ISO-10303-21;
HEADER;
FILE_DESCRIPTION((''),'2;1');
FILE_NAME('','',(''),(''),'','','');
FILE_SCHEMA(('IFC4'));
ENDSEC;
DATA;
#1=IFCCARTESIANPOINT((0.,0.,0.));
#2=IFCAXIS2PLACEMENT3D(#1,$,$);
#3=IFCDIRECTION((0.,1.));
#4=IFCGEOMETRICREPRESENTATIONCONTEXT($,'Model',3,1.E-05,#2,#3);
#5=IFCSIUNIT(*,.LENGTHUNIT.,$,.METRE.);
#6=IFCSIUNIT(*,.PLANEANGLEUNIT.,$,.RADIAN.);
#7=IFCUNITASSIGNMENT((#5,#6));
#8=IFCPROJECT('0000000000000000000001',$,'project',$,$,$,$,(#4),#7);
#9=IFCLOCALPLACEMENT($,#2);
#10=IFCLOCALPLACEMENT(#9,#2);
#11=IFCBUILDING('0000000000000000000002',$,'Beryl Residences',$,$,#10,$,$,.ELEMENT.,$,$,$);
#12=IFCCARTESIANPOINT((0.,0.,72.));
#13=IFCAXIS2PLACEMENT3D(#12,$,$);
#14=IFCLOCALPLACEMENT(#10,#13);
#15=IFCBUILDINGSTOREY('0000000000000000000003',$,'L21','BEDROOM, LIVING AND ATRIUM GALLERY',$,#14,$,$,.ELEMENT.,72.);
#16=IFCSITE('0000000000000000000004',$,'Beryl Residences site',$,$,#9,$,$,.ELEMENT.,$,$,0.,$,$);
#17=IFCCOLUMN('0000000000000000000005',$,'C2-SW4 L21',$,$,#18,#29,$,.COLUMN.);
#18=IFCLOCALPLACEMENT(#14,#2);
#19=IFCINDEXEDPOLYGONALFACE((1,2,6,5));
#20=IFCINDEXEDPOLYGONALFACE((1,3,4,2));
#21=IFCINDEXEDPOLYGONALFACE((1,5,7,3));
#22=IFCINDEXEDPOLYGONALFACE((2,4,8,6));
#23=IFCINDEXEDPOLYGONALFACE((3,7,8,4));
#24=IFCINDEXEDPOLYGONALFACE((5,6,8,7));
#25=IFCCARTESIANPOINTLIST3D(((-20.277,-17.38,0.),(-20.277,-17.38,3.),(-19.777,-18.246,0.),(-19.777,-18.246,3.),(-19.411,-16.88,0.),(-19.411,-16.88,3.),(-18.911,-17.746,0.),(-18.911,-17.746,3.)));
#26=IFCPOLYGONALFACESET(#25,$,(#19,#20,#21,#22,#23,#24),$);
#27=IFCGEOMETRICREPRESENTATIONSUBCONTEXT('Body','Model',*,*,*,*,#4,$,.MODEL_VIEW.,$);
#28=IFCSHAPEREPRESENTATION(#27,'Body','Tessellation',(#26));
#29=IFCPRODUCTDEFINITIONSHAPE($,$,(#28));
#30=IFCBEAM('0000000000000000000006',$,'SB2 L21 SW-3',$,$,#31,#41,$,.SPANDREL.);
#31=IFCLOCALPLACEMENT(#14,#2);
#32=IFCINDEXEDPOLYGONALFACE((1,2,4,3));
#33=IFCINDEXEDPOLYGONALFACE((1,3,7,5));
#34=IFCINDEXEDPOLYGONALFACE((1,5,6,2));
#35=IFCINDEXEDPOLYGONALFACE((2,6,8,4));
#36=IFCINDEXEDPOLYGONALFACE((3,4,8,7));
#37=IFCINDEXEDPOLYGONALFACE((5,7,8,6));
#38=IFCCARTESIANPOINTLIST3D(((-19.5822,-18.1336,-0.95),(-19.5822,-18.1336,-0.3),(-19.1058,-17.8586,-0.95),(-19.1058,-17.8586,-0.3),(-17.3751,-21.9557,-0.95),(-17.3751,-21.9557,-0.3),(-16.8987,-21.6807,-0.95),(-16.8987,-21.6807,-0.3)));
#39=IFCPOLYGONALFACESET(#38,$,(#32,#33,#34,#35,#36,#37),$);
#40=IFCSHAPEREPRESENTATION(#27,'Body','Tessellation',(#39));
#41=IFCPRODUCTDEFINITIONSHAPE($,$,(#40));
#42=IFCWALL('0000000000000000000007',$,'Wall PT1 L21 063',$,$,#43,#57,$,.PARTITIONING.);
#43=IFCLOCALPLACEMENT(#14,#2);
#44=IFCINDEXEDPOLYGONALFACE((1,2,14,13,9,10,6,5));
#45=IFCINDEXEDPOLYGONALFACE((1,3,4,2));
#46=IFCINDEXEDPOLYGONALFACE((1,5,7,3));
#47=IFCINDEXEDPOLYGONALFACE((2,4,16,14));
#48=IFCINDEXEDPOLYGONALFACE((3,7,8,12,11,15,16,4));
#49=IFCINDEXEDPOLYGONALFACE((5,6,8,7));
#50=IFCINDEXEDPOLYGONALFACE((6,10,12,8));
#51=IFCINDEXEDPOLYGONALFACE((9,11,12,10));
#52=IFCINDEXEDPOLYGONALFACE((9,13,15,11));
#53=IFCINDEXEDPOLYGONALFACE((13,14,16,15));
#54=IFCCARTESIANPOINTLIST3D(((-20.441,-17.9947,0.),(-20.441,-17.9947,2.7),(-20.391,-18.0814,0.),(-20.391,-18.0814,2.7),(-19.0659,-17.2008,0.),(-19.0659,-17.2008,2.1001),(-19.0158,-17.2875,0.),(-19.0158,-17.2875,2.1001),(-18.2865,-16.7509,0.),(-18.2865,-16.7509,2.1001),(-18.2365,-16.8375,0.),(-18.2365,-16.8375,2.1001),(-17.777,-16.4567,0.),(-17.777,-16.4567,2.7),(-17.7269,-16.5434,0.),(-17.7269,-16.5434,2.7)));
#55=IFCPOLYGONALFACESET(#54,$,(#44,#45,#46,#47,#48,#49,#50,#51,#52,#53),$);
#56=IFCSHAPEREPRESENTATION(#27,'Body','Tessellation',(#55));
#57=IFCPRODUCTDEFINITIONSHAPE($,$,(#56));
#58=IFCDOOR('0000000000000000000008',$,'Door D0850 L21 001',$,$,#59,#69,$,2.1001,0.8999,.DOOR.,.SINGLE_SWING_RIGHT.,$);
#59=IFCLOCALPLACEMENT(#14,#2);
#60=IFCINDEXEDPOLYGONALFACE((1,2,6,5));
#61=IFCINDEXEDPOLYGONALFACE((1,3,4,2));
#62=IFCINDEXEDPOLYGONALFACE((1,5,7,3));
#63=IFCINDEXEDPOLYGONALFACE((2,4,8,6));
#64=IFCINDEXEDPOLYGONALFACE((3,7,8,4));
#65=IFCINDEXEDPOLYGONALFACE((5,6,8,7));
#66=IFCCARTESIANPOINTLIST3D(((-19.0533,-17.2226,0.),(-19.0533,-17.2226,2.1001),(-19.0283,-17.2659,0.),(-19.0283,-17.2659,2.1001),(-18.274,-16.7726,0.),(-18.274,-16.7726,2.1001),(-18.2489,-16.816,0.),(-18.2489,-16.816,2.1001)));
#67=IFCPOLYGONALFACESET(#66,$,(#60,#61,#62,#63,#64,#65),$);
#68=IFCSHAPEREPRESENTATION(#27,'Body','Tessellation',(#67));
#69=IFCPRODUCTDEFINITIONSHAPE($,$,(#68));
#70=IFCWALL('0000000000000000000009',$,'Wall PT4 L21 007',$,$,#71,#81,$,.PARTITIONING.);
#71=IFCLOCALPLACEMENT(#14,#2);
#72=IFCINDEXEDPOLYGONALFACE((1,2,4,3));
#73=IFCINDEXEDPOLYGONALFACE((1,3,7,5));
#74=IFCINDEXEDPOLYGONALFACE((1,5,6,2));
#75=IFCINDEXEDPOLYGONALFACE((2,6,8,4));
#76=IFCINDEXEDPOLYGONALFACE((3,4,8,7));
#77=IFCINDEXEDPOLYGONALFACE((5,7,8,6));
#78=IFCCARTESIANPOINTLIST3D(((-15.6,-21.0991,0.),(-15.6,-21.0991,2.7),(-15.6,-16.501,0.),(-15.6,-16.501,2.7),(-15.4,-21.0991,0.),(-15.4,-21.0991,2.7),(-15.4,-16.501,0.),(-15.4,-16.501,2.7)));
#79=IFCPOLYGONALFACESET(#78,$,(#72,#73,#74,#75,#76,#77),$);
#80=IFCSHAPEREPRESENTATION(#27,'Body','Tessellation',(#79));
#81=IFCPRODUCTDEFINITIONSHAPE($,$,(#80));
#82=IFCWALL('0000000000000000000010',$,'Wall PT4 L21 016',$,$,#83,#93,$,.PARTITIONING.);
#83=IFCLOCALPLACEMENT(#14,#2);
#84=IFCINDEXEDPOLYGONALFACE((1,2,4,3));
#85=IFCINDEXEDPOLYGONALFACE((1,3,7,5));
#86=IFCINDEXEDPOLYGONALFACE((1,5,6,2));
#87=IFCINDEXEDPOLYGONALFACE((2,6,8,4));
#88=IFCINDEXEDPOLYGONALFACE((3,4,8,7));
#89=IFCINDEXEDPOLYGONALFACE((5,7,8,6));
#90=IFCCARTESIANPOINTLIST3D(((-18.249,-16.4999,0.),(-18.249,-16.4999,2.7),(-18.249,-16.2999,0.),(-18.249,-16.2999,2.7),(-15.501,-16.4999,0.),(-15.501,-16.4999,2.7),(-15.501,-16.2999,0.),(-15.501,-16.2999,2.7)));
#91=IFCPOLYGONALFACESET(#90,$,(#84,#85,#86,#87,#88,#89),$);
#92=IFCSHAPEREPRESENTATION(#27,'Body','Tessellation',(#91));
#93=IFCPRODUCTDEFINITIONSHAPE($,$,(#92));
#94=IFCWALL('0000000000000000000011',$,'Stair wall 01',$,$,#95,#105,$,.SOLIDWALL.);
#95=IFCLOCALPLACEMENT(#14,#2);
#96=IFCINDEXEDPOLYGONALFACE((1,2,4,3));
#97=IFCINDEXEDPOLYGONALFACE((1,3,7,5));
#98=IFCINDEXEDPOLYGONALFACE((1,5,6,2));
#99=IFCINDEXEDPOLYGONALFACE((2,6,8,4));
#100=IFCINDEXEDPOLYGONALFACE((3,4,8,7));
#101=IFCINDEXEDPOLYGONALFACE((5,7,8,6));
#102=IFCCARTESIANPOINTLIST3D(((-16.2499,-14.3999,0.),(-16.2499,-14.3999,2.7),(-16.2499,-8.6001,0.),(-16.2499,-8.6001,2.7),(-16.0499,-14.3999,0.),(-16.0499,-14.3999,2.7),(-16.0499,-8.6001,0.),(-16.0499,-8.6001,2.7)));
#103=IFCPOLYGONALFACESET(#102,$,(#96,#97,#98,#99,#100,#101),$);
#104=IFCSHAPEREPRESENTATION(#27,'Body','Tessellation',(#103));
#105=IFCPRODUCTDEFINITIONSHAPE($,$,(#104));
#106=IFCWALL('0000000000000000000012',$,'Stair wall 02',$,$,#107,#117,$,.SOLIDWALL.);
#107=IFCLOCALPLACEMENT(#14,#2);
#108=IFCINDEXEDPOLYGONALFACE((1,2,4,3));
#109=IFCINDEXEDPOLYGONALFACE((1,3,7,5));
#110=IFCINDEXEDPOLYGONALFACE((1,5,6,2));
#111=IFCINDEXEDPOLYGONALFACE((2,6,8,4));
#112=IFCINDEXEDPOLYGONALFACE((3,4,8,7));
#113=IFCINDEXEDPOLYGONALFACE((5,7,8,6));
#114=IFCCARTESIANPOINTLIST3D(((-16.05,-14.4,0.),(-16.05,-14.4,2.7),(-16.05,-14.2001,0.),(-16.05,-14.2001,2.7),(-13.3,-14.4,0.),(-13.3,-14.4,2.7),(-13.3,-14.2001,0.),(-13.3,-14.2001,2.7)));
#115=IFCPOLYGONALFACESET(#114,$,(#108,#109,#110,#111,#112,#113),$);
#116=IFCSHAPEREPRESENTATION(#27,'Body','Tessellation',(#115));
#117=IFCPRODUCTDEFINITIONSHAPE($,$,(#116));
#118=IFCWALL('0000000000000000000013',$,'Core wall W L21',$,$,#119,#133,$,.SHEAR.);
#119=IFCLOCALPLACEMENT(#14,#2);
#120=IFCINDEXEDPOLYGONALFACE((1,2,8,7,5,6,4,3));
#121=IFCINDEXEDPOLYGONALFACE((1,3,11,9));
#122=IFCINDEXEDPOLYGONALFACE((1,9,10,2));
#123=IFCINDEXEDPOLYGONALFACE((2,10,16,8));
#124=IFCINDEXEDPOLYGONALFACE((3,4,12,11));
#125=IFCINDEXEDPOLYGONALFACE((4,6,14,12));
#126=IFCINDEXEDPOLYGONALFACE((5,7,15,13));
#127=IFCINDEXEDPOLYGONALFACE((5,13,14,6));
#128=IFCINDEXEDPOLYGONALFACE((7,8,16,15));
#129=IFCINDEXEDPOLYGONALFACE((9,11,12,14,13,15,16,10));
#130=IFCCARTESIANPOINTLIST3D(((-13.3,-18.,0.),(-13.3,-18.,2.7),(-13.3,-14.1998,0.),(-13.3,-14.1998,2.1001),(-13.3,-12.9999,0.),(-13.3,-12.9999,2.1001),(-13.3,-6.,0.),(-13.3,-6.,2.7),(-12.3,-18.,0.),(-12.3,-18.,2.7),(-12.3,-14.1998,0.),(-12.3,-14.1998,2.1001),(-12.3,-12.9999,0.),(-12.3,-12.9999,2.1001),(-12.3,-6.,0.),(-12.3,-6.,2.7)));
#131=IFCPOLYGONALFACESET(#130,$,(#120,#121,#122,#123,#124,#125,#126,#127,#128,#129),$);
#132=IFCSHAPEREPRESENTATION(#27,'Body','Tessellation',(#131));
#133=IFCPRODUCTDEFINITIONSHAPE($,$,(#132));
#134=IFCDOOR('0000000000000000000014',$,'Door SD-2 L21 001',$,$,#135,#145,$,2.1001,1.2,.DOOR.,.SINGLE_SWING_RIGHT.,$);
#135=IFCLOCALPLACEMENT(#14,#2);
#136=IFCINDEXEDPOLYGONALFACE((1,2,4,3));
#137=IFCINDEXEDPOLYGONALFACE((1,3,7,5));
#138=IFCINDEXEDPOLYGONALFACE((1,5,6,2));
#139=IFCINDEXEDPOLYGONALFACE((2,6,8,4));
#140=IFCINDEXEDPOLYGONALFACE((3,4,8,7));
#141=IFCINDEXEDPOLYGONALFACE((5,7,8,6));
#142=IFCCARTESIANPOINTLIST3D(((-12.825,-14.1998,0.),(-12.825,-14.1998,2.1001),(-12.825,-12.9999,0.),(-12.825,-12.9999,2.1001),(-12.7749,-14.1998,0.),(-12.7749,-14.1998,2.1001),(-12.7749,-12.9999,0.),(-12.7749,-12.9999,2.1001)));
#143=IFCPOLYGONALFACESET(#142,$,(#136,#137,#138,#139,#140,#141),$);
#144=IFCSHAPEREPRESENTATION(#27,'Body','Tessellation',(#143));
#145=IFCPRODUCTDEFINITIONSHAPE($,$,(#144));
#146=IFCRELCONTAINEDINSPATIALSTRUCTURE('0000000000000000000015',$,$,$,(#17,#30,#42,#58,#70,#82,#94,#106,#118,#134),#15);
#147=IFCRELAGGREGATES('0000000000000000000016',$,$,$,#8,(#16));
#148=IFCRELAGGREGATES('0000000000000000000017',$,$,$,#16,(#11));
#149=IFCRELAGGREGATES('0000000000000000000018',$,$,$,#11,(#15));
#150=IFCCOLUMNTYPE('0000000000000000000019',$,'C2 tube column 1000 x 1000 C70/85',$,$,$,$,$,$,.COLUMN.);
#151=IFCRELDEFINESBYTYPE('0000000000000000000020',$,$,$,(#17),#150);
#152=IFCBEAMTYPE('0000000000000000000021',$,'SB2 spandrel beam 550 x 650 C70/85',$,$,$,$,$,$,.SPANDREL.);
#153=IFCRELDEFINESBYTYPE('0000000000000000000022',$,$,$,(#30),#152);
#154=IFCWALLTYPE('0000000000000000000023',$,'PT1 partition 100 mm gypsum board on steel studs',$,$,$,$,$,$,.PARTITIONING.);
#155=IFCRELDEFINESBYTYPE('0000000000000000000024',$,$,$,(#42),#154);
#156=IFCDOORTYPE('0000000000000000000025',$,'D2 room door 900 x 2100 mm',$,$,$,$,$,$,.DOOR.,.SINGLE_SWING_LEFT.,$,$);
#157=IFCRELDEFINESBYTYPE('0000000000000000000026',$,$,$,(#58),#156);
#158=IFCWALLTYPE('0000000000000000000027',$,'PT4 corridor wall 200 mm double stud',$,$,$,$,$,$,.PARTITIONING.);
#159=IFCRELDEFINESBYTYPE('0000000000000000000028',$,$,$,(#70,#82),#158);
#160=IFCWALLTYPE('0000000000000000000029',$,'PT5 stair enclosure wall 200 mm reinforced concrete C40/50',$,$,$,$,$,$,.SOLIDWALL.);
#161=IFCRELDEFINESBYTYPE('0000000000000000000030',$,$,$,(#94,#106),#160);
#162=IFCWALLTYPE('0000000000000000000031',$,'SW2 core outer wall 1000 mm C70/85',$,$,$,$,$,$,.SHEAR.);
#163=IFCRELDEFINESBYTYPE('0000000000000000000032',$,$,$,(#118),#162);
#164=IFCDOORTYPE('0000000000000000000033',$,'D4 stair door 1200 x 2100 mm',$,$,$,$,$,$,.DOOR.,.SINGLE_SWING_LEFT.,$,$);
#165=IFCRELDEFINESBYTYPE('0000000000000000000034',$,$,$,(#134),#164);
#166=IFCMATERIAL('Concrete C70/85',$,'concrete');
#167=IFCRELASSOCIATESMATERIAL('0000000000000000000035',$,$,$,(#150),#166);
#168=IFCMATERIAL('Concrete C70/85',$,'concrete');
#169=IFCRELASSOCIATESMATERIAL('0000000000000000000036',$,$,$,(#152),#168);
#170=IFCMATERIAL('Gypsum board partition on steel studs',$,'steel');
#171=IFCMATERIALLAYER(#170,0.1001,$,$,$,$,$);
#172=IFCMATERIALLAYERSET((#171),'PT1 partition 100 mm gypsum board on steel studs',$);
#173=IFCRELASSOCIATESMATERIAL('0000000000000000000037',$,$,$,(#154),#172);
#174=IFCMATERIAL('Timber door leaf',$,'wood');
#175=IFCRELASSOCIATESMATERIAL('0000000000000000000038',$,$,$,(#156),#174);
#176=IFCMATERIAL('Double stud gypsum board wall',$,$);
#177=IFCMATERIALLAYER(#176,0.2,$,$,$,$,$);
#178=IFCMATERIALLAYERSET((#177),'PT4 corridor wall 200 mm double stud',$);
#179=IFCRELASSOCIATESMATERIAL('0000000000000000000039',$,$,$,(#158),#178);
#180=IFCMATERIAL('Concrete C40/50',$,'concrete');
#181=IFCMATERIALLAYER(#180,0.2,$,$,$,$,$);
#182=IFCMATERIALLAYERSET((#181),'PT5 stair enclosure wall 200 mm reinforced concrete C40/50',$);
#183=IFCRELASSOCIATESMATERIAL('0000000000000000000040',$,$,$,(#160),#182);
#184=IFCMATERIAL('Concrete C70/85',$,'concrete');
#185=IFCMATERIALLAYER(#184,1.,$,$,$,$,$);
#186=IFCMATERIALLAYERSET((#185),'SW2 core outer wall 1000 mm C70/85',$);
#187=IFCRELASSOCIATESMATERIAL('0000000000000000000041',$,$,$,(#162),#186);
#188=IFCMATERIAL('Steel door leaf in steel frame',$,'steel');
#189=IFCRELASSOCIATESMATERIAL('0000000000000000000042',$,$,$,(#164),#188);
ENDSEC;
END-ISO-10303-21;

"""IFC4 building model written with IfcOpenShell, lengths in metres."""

from ifc_helpers import new_model, si_unit, direction, frame, frame_2d, origin, origin_2d, place, context, subcontext, project, spatial, rectangle, extrude, material, layer, layer_set, material_profile, profile_set, type_object, element, fill, save


model = new_model("IFC4")

# Units and contexts
model_context = context("Model", 3, precision=1e-05, world=origin(), true_north=direction((0.0, 1.0)))
body_context = subcontext(model_context, "Body", "Model", "MODEL_VIEW")
ifc_project = project(units=[si_unit("LENGTHUNIT", "METRE"), si_unit("PLANEANGLEUNIT", "RADIAN")], contexts=[model_context])

# Site, building, storey
site_placement = place(None, origin())
site = spatial("IfcSite", under=ifc_project, at=site_placement, Name="Beryl Residences site", CompositionType="ELEMENT", RefElevation=0.0)
building_placement = place(site_placement, origin())
building = spatial("IfcBuilding", under=site, at=building_placement, Name="Beryl Residences", CompositionType="ELEMENT")
storey_placement = place(building_placement, frame((0.0, 0.0, 72.0)))
storey = spatial("IfcBuildingStorey", under=building, at=storey_placement, Name="L21", Description="BEDROOM, LIVING AND ATRIUM GALLERY", CompositionType="ELEMENT", Elevation=72.0)

# Column
ifc_material_1 = material(Name="Concrete C70/85", Category="concrete")
ifc_material_profile_1 = material_profile(ifc_material_1, rectangle(XDim=1.0, YDim=1.0, at=origin_2d()))
ifc_profile_set_1 = profile_set([ifc_material_profile_1], Name="Concrete C70/85")
column_type = type_object("IfcColumnType", Name="C2 tube column 1000 x 1000 C70/85", PredefinedType="COLUMN", material=ifc_profile_set_1)
column_placement = place(storey_placement, frame((-19.594, -17.563, 0.0), z_axis=(0.0, 0.0, 1.0), x_axis=(0.5, -0.866025, 0.0)))
element("IfcColumn", 1, at=column_placement, inside=storey, type_object=column_type, Name="C2-SW4 L21", PredefinedType="COLUMN", context=body_context, shape_type="SweptSolid", body=[
    extrude(rectangle(XDim=1.0, YDim=1.0, at=origin_2d()), origin(), (0.0, 0.0, 1.0), 3.0),
])

# Beam
ifc_material_2 = material(Name="Concrete C70/85", Category="concrete")
ifc_material_profile_2 = material_profile(ifc_material_2, rectangle(XDim=0.55, YDim=0.6499, at=origin_2d()))
ifc_profile_set_2 = profile_set([ifc_material_profile_2], Name="Concrete C70/85")
beam_type = type_object("IfcBeamType", Name="SB2 spandrel beam 550 x 650 C70/85", PredefinedType="SPANDREL", material=ifc_profile_set_2)
beam_placement = place(storey_placement, frame((-19.344, -17.9961, -0.625), z_axis=(0.500066, -0.865988, 0.0), x_axis=(0.865988, 0.500066, 0.0)))
element("IfcBeam", 2, at=beam_placement, inside=storey, type_object=beam_type, Name="SB2 L21 SW-3", PredefinedType="SPANDREL", context=body_context, shape_type="SweptSolid", body=[
    extrude(rectangle(XDim=0.55, YDim=0.6499, at=origin_2d()), origin(), (0.0, 0.0, 1.0), 4.4136),
])

# Wall, opening, door
ifc_material_3 = material(Name="Gypsum board partition on steel studs", Category="steel")
ifc_layer_1 = layer(ifc_material_3, 0.1001)
ifc_layer_set_1 = layer_set([ifc_layer_1], Name="PT1 partition 100 mm gypsum board on steel studs")
wall_type_1 = type_object("IfcWallType", Name="PT1 partition 100 mm gypsum board on steel studs", PredefinedType="PARTITIONING", material=ifc_layer_set_1)
wall_1_placement = place(storey_placement, frame((-20.416, -18.0381, 0.0), z_axis=(0.0, 0.0, 1.0), x_axis=(0.866027, 0.499997, 0.0)))
wall_1 = element("IfcWall", 3, at=wall_1_placement, inside=storey, type_object=wall_type_1, Name="Wall PT1 L21 063", PredefinedType="PARTITIONING", context=body_context, shape_type="SweptSolid", body=[
    extrude(rectangle(XDim=3.0762, YDim=0.1001, at=frame_2d((1.5381, 0.0))), origin(), (0.0, 0.0, 1.0), 2.7),
])
opening_1_placement = place(wall_1_placement, frame((1.5879, 0.0, 0.0)))
opening_1 = element("IfcOpeningElement", 4, at=opening_1_placement, cuts=wall_1, PredefinedType="OPENING", context=body_context, shape_type="SweptSolid", body=[
    extrude(rectangle(XDim=0.8999, YDim=2.1001, at=frame_2d((0.45, 1.05))), frame((0.0, 0.0601, 0.0), z_axis=(0.0, -1.0, 0.0), x_axis=(1.0, 0.0, 0.0)), (0.0, 0.0, 1.0), 0.1201),
])
ifc_material_4 = material(Name="Timber door leaf", Category="wood")
door_type_1 = type_object("IfcDoorType", Name="D2 room door 900 x 2100 mm", OperationType="SINGLE_SWING_LEFT", PredefinedType="DOOR", material=ifc_material_4)
door_1_placement = place(opening_1_placement, origin())
door_1 = element("IfcDoor", 5, at=door_1_placement, inside=storey, type_object=door_type_1, Name="Door D0850 L21 001", OperationType="SINGLE_SWING_RIGHT", OverallHeight=2.1001, OverallWidth=0.8999, PredefinedType="DOOR", context=body_context, shape_type="SweptSolid", body=[
    extrude(rectangle(XDim=0.8999, YDim=2.1001, at=frame_2d((0.45, 1.05))), frame((0.0, 0.0249, 0.0), z_axis=(0.0, -1.0, 0.0), x_axis=(1.0, 0.0, 0.0)), (0.0, 0.0, 1.0), 0.05),
])
fill(opening_1, door_1)

# Walls
ifc_material_5 = material(Name="Double stud gypsum board wall")
ifc_layer_2 = layer(ifc_material_5, 0.2)
ifc_layer_set_2 = layer_set([ifc_layer_2], Name="PT4 corridor wall 200 mm double stud")
wall_type_2 = type_object("IfcWallType", Name="PT4 corridor wall 200 mm double stud", PredefinedType="PARTITIONING", material=ifc_layer_set_2)
wall_2_placement = place(storey_placement, frame((-15.5, -16.501, 0.0), z_axis=(0.0, 0.0, 1.0), x_axis=(0.0, -1.0, 0.0)))
element("IfcWall", 6, at=wall_2_placement, inside=storey, type_object=wall_type_2, Name="Wall PT4 L21 007", PredefinedType="PARTITIONING", context=body_context, shape_type="SweptSolid", body=[
    extrude(rectangle(XDim=4.5981, YDim=0.2, at=frame_2d((2.2991, 0.0))), origin(), (0.0, 0.0, 1.0), 2.7),
])
wall_3_placement = place(storey_placement, frame((-18.249, -16.3999, 0.0), z_axis=(0.0, 0.0, 1.0), x_axis=(1.0, 0.0, 0.0)))
element("IfcWall", 7, at=wall_3_placement, inside=storey, type_object=wall_type_2, Name="Wall PT4 L21 016", PredefinedType="PARTITIONING", context=body_context, shape_type="SweptSolid", body=[
    extrude(rectangle(XDim=2.748, YDim=0.2, at=frame_2d((1.374, 0.0))), origin(), (0.0, 0.0, 1.0), 2.7),
])
ifc_material_6 = material(Name="Concrete C40/50", Category="concrete")
ifc_layer_3 = layer(ifc_material_6, 0.2)
ifc_layer_set_3 = layer_set([ifc_layer_3], Name="PT5 stair enclosure wall 200 mm reinforced concrete C40/50")
wall_type_3 = type_object("IfcWallType", Name="PT5 stair enclosure wall 200 mm reinforced concrete C40/50", PredefinedType="SOLIDWALL", material=ifc_layer_set_3)
wall_4_placement = place(storey_placement, frame((-16.1499, -14.3999, 0.0), z_axis=(0.0, 0.0, 1.0), x_axis=(0.0, 1.0, 0.0)))
element("IfcWall", 8, at=wall_4_placement, inside=storey, type_object=wall_type_3, Name="Stair wall 01", PredefinedType="SOLIDWALL", context=body_context, shape_type="SweptSolid", body=[
    extrude(rectangle(XDim=5.7998, YDim=0.2, at=frame_2d((2.8999, 0.0))), origin(), (0.0, 0.0, 1.0), 2.7),
])
wall_5_placement = place(storey_placement, frame((-16.05, -14.3, 0.0), z_axis=(0.0, 0.0, 1.0), x_axis=(1.0, 0.0, 0.0)))
element("IfcWall", 9, at=wall_5_placement, inside=storey, type_object=wall_type_3, Name="Stair wall 02", PredefinedType="SOLIDWALL", context=body_context, shape_type="SweptSolid", body=[
    extrude(rectangle(XDim=2.75, YDim=0.2, at=frame_2d((1.375, 0.0))), origin(), (0.0, 0.0, 1.0), 2.7),
])

# Wall, opening, door
ifc_material_7 = material(Name="Concrete C70/85", Category="concrete")
ifc_layer_4 = layer(ifc_material_7, 1.0)
ifc_layer_set_4 = layer_set([ifc_layer_4], Name="SW2 core outer wall 1000 mm C70/85")
wall_type_4 = type_object("IfcWallType", Name="SW2 core outer wall 1000 mm C70/85", PredefinedType="SHEAR", material=ifc_layer_set_4)
wall_6_placement = place(storey_placement, frame((-12.8, -18.0, 0.0), z_axis=(0.0, 0.0, 1.0), x_axis=(0.0, 1.0, 0.0)))
wall_6 = element("IfcWall", 10, at=wall_6_placement, inside=storey, type_object=wall_type_4, Name="Core wall W L21", PredefinedType="SHEAR", context=body_context, shape_type="SweptSolid", body=[
    extrude(rectangle(XDim=12.0, YDim=1.0, at=frame_2d((6.0, 0.0))), origin(), (0.0, 0.0, 1.0), 2.7),
])
opening_2_placement = place(wall_6_placement, frame((3.8, 0.0, 0.0)))
opening_2 = element("IfcOpeningElement", 11, at=opening_2_placement, cuts=wall_6, PredefinedType="OPENING", context=body_context, shape_type="SweptSolid", body=[
    extrude(rectangle(XDim=1.2, YDim=2.1001, at=frame_2d((0.6001, 1.05))), frame((0.0, 0.51, 0.0), z_axis=(0.0, -1.0, 0.0), x_axis=(1.0, 0.0, 0.0)), (0.0, 0.0, 1.0), 1.02),
])
ifc_material_8 = material(Name="Steel door leaf in steel frame", Category="steel")
door_type_2 = type_object("IfcDoorType", Name="D4 stair door 1200 x 2100 mm", OperationType="SINGLE_SWING_LEFT", PredefinedType="DOOR", material=ifc_material_8)
door_2_placement = place(opening_2_placement, origin())
door_2 = element("IfcDoor", 12, at=door_2_placement, inside=storey, type_object=door_type_2, Name="Door SD-2 L21 001", OperationType="SINGLE_SWING_RIGHT", OverallHeight=2.1001, OverallWidth=1.2, PredefinedType="DOOR", context=body_context, shape_type="SweptSolid", body=[
    extrude(rectangle(XDim=1.2, YDim=2.1001, at=frame_2d((0.6001, 1.05))), frame((0.0, 0.0249, 0.0), z_axis=(0.0, -1.0, 0.0), x_axis=(1.0, 0.0, 0.0)), (0.0, 0.0, 1.0), 0.05),
])
fill(opening_2, door_2)

save(model, "model.ifc")
